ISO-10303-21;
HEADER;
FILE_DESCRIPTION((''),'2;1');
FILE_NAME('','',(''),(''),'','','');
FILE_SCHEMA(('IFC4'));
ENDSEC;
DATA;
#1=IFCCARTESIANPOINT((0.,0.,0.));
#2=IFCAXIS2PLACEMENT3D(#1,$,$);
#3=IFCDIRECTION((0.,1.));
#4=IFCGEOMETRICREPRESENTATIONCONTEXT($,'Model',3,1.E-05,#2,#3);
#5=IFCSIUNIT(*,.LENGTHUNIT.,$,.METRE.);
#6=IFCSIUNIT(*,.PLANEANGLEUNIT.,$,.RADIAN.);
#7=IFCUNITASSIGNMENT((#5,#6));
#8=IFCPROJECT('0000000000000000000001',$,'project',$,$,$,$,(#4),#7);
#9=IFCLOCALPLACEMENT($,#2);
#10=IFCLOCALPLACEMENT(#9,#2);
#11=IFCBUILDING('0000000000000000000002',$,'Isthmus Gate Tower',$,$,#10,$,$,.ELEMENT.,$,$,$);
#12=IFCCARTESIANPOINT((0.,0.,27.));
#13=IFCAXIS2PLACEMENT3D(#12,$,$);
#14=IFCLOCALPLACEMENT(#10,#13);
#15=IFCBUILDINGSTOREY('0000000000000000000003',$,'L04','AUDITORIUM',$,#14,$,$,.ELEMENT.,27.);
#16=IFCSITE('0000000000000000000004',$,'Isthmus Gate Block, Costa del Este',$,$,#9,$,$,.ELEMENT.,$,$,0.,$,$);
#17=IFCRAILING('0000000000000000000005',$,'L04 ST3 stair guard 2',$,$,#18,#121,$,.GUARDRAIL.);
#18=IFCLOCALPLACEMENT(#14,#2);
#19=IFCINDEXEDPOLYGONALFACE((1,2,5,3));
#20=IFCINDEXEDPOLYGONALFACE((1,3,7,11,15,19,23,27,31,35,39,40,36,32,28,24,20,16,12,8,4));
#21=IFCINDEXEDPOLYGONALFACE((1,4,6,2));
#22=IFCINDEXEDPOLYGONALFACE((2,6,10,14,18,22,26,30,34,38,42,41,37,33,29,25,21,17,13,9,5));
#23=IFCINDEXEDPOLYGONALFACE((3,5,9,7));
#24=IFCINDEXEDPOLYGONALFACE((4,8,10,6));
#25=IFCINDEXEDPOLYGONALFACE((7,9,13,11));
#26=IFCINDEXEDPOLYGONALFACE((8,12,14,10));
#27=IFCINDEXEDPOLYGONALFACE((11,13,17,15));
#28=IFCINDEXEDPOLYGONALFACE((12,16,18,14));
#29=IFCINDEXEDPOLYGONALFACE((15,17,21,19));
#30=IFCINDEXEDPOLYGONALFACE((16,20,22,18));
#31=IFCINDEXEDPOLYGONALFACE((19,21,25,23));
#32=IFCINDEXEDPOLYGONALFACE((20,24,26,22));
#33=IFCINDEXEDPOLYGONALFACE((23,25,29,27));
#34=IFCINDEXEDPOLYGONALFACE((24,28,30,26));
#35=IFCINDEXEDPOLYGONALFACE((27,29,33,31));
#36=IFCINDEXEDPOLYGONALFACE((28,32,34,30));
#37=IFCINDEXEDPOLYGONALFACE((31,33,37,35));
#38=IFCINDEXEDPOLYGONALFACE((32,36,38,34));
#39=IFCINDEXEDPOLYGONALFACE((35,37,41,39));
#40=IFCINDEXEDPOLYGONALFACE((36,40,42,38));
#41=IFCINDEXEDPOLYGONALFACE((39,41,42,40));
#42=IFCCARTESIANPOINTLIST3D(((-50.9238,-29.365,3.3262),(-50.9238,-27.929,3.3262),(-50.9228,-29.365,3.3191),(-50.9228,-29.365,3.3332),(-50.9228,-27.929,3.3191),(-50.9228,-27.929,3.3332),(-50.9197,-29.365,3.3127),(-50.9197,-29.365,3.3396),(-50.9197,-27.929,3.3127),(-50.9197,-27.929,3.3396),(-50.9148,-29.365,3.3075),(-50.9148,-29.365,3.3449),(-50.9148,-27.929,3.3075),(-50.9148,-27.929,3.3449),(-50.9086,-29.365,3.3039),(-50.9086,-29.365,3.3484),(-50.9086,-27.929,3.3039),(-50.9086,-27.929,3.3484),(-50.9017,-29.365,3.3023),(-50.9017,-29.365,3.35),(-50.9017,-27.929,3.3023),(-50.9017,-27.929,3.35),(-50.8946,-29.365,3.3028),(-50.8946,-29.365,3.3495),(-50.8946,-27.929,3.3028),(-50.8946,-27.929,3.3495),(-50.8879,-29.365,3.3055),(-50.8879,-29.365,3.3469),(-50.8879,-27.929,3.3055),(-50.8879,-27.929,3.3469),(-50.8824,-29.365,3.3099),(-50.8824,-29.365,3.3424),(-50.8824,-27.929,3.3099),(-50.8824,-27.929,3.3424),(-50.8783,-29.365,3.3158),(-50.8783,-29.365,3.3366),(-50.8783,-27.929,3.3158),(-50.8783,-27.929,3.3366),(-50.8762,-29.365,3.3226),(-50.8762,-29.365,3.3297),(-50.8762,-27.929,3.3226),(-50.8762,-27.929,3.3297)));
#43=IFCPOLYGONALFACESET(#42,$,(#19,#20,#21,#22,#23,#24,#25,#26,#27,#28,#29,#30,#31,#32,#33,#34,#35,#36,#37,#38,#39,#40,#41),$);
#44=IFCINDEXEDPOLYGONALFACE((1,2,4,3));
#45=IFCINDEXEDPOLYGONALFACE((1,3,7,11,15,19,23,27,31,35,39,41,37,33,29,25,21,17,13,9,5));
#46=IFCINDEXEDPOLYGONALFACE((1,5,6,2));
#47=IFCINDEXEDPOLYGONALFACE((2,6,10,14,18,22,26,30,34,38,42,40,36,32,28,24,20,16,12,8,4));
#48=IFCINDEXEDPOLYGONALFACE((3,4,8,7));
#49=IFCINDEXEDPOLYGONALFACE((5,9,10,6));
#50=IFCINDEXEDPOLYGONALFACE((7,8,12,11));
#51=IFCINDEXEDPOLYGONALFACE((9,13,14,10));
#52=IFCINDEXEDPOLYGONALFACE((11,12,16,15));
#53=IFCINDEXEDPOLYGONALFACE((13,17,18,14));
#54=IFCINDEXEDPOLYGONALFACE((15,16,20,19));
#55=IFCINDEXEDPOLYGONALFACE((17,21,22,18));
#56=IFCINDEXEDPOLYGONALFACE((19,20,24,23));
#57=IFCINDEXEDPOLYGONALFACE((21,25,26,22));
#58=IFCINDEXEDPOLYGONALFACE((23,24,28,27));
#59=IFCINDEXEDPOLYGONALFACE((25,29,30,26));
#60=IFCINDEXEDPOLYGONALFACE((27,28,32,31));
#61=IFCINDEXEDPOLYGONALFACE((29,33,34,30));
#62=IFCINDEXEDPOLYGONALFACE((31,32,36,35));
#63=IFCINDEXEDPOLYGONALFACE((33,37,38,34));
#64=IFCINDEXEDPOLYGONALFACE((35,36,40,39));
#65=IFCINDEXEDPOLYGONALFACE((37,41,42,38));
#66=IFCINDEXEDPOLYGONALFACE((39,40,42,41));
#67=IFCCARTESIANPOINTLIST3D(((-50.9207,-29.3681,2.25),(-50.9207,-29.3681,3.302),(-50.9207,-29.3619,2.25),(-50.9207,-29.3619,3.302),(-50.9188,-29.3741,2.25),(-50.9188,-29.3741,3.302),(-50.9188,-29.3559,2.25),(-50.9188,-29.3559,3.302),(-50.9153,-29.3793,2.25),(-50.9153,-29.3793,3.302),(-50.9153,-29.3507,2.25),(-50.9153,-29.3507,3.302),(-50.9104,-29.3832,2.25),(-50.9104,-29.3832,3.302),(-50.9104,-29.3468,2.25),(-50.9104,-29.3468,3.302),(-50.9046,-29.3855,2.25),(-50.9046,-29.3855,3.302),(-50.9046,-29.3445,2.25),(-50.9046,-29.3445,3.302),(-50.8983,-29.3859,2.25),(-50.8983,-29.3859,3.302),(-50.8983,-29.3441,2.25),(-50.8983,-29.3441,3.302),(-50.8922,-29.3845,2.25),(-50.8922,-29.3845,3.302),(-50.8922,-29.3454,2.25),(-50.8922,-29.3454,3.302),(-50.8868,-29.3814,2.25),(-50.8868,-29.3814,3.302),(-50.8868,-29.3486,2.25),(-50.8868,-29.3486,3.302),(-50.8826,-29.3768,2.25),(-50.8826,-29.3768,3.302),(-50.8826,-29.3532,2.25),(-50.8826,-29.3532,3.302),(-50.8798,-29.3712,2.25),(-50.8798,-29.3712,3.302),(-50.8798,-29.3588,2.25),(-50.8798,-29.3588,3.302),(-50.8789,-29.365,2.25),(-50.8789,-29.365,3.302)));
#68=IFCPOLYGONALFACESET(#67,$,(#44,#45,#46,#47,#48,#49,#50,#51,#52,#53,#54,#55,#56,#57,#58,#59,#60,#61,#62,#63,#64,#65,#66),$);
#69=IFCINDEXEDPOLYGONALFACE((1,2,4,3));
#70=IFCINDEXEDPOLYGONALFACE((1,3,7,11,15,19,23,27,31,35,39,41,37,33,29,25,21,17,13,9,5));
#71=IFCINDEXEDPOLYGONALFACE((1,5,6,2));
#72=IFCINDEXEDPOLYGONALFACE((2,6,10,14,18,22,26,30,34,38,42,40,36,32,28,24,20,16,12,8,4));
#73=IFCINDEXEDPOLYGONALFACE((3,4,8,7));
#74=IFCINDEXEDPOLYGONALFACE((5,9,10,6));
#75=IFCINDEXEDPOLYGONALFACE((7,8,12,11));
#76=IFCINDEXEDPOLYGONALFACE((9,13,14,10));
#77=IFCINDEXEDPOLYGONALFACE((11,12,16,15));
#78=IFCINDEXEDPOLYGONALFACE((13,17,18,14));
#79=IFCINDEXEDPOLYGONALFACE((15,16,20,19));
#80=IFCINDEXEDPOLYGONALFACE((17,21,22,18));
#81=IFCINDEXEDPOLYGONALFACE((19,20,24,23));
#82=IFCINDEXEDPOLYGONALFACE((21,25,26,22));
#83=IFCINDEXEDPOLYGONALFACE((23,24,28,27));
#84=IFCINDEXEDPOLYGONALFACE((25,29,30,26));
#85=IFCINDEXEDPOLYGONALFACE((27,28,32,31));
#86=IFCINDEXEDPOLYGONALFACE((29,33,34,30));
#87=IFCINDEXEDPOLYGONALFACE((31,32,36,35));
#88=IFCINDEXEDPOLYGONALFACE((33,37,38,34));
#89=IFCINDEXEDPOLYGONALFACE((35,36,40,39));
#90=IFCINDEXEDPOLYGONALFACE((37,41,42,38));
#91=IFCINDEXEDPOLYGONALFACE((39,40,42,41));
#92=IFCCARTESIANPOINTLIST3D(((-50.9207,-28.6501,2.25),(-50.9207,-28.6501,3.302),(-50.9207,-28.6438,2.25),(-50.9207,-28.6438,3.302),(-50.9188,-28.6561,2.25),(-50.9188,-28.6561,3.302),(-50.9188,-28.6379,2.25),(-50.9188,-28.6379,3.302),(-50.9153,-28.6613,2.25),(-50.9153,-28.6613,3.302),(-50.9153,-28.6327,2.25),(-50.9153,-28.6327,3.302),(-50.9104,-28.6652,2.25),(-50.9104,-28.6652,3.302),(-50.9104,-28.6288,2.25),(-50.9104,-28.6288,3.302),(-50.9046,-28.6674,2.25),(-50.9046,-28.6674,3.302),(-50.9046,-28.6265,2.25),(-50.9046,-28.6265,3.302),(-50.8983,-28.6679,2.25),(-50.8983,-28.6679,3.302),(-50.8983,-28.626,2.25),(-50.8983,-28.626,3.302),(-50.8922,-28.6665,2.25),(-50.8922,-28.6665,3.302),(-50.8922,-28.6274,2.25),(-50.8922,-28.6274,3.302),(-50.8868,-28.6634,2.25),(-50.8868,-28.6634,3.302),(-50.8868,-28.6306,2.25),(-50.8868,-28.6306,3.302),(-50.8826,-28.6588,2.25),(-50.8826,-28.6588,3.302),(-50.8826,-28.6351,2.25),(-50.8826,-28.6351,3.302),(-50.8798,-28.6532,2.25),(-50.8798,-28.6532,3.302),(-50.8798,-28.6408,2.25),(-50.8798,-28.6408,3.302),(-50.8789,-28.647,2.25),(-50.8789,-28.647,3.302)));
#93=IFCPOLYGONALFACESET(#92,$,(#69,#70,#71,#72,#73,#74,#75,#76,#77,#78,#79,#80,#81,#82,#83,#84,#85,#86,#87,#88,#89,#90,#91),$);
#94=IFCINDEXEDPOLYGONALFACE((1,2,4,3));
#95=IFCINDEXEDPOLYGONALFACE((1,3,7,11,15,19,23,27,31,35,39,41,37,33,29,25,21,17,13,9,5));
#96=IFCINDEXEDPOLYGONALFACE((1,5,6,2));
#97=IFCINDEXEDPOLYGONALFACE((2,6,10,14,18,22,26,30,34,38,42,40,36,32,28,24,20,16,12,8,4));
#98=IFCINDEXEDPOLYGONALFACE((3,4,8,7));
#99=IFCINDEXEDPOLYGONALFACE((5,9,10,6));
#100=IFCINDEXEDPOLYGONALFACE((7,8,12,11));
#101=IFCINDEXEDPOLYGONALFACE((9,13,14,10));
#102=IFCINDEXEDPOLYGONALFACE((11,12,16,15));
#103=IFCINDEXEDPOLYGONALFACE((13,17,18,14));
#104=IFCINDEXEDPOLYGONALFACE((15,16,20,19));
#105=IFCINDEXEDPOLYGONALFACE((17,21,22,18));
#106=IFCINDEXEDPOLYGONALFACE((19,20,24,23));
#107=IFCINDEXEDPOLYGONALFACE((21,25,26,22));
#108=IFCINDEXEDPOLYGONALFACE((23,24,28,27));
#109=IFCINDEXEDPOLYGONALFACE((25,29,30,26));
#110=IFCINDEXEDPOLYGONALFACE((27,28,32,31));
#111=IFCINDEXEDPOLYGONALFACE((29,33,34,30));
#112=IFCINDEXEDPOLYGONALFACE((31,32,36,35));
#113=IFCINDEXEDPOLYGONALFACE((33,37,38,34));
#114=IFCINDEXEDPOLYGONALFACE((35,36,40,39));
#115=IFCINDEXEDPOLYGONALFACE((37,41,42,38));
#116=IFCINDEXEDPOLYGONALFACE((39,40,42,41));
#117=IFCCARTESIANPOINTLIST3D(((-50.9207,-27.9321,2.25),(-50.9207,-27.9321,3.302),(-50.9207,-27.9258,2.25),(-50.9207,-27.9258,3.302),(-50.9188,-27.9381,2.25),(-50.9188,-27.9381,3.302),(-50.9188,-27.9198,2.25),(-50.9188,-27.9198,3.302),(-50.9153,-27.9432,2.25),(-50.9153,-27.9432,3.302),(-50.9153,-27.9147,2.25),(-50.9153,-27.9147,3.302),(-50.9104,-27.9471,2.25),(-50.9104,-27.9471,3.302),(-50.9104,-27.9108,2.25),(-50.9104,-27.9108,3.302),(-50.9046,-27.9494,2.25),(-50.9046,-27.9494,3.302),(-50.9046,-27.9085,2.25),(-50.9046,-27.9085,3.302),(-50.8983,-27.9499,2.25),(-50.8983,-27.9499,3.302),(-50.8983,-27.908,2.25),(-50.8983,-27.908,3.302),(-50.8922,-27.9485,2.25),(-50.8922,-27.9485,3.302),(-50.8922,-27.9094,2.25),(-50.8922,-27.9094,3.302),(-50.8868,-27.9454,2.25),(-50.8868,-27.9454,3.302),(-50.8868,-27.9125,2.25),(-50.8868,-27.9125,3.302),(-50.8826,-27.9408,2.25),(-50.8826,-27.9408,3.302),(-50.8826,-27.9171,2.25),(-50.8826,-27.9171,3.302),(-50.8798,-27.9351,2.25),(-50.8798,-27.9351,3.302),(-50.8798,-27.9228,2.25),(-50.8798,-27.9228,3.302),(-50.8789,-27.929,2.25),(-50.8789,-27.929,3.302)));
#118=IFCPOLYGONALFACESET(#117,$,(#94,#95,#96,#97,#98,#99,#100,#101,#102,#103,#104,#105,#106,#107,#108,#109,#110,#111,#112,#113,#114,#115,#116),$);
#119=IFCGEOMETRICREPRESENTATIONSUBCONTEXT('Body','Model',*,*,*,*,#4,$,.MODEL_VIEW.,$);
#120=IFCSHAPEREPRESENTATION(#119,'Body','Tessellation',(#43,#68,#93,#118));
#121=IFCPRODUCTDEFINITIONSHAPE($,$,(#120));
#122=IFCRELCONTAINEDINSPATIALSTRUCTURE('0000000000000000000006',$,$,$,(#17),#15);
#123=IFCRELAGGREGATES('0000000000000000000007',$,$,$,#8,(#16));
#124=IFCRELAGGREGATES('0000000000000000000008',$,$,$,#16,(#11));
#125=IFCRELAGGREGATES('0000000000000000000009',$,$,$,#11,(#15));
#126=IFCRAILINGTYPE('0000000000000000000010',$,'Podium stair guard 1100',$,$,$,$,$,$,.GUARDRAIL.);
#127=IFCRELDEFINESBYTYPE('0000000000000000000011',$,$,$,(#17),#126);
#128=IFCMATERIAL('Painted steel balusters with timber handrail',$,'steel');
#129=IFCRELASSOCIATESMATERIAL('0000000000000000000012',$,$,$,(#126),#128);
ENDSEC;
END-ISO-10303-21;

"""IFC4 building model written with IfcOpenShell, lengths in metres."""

from ifc_helpers import new_model, si_unit, direction, frame, origin, origin_2d, place, context, subcontext, project, spatial, circle, extrude, material, type_object, element, save


model = new_model("IFC4")

# Units and contexts
model_context = context("Model", 3, precision=1e-05, world=origin(), true_north=direction((0.0, 1.0)))
body_context = subcontext(model_context, "Body", "Model", "MODEL_VIEW")
ifc_project = project(units=[si_unit("LENGTHUNIT", "METRE"), si_unit("PLANEANGLEUNIT", "RADIAN")], contexts=[model_context])

# Site, building, storey
site_placement = place(None, origin())
site = spatial("IfcSite", under=ifc_project, at=site_placement, Name="Isthmus Gate Block, Costa del Este", CompositionType="ELEMENT", RefElevation=0.0)
building_placement = place(site_placement, origin())
building = spatial("IfcBuilding", under=site, at=building_placement, Name="Isthmus Gate Tower", CompositionType="ELEMENT")
storey_placement = place(building_placement, frame((0.0, 0.0, 27.0)))
storey = spatial("IfcBuildingStorey", under=building, at=storey_placement, Name="L04", Description="AUDITORIUM", CompositionType="ELEMENT", Elevation=27.0)

# Railing
ifc_material_1 = material(Name="Painted steel balusters with timber handrail", Category="steel")
railing_type_1 = type_object("IfcRailingType", Name="Podium stair guard 1100", PredefinedType="GUARDRAIL", material=ifc_material_1)
railing_1_placement = place(storey_placement, frame((-50.8999, -29.365, 2.25)))
element("IfcRailing", 1, at=railing_1_placement, inside=storey, type_object=railing_type_1, Name="L04 ST3 stair guard 2", PredefinedType="GUARDRAIL", context=body_context, shape_type="SweptSolid", body=[
    extrude(circle(Radius=0.0239, at=origin_2d()), frame((0.0, 0.0, 1.0762), z_axis=(0.0, 1.0, 0.0), x_axis=(-1.0, 0.0, 0.0)), (0.0, 0.0, 1.0), 1.436),
    extrude(circle(Radius=0.021, at=origin_2d()), origin(), (0.0, 0.0, 1.0), 1.052),
    extrude(circle(Radius=0.021, at=origin_2d()), frame((0.0, 0.718, 0.0)), (0.0, 0.0, 1.0), 1.052),
    extrude(circle(Radius=0.021, at=origin_2d()), frame((0.0, 1.436, 0.0)), (0.0, 0.0, 1.0), 1.052),
])

save(model, "model.ifc")
